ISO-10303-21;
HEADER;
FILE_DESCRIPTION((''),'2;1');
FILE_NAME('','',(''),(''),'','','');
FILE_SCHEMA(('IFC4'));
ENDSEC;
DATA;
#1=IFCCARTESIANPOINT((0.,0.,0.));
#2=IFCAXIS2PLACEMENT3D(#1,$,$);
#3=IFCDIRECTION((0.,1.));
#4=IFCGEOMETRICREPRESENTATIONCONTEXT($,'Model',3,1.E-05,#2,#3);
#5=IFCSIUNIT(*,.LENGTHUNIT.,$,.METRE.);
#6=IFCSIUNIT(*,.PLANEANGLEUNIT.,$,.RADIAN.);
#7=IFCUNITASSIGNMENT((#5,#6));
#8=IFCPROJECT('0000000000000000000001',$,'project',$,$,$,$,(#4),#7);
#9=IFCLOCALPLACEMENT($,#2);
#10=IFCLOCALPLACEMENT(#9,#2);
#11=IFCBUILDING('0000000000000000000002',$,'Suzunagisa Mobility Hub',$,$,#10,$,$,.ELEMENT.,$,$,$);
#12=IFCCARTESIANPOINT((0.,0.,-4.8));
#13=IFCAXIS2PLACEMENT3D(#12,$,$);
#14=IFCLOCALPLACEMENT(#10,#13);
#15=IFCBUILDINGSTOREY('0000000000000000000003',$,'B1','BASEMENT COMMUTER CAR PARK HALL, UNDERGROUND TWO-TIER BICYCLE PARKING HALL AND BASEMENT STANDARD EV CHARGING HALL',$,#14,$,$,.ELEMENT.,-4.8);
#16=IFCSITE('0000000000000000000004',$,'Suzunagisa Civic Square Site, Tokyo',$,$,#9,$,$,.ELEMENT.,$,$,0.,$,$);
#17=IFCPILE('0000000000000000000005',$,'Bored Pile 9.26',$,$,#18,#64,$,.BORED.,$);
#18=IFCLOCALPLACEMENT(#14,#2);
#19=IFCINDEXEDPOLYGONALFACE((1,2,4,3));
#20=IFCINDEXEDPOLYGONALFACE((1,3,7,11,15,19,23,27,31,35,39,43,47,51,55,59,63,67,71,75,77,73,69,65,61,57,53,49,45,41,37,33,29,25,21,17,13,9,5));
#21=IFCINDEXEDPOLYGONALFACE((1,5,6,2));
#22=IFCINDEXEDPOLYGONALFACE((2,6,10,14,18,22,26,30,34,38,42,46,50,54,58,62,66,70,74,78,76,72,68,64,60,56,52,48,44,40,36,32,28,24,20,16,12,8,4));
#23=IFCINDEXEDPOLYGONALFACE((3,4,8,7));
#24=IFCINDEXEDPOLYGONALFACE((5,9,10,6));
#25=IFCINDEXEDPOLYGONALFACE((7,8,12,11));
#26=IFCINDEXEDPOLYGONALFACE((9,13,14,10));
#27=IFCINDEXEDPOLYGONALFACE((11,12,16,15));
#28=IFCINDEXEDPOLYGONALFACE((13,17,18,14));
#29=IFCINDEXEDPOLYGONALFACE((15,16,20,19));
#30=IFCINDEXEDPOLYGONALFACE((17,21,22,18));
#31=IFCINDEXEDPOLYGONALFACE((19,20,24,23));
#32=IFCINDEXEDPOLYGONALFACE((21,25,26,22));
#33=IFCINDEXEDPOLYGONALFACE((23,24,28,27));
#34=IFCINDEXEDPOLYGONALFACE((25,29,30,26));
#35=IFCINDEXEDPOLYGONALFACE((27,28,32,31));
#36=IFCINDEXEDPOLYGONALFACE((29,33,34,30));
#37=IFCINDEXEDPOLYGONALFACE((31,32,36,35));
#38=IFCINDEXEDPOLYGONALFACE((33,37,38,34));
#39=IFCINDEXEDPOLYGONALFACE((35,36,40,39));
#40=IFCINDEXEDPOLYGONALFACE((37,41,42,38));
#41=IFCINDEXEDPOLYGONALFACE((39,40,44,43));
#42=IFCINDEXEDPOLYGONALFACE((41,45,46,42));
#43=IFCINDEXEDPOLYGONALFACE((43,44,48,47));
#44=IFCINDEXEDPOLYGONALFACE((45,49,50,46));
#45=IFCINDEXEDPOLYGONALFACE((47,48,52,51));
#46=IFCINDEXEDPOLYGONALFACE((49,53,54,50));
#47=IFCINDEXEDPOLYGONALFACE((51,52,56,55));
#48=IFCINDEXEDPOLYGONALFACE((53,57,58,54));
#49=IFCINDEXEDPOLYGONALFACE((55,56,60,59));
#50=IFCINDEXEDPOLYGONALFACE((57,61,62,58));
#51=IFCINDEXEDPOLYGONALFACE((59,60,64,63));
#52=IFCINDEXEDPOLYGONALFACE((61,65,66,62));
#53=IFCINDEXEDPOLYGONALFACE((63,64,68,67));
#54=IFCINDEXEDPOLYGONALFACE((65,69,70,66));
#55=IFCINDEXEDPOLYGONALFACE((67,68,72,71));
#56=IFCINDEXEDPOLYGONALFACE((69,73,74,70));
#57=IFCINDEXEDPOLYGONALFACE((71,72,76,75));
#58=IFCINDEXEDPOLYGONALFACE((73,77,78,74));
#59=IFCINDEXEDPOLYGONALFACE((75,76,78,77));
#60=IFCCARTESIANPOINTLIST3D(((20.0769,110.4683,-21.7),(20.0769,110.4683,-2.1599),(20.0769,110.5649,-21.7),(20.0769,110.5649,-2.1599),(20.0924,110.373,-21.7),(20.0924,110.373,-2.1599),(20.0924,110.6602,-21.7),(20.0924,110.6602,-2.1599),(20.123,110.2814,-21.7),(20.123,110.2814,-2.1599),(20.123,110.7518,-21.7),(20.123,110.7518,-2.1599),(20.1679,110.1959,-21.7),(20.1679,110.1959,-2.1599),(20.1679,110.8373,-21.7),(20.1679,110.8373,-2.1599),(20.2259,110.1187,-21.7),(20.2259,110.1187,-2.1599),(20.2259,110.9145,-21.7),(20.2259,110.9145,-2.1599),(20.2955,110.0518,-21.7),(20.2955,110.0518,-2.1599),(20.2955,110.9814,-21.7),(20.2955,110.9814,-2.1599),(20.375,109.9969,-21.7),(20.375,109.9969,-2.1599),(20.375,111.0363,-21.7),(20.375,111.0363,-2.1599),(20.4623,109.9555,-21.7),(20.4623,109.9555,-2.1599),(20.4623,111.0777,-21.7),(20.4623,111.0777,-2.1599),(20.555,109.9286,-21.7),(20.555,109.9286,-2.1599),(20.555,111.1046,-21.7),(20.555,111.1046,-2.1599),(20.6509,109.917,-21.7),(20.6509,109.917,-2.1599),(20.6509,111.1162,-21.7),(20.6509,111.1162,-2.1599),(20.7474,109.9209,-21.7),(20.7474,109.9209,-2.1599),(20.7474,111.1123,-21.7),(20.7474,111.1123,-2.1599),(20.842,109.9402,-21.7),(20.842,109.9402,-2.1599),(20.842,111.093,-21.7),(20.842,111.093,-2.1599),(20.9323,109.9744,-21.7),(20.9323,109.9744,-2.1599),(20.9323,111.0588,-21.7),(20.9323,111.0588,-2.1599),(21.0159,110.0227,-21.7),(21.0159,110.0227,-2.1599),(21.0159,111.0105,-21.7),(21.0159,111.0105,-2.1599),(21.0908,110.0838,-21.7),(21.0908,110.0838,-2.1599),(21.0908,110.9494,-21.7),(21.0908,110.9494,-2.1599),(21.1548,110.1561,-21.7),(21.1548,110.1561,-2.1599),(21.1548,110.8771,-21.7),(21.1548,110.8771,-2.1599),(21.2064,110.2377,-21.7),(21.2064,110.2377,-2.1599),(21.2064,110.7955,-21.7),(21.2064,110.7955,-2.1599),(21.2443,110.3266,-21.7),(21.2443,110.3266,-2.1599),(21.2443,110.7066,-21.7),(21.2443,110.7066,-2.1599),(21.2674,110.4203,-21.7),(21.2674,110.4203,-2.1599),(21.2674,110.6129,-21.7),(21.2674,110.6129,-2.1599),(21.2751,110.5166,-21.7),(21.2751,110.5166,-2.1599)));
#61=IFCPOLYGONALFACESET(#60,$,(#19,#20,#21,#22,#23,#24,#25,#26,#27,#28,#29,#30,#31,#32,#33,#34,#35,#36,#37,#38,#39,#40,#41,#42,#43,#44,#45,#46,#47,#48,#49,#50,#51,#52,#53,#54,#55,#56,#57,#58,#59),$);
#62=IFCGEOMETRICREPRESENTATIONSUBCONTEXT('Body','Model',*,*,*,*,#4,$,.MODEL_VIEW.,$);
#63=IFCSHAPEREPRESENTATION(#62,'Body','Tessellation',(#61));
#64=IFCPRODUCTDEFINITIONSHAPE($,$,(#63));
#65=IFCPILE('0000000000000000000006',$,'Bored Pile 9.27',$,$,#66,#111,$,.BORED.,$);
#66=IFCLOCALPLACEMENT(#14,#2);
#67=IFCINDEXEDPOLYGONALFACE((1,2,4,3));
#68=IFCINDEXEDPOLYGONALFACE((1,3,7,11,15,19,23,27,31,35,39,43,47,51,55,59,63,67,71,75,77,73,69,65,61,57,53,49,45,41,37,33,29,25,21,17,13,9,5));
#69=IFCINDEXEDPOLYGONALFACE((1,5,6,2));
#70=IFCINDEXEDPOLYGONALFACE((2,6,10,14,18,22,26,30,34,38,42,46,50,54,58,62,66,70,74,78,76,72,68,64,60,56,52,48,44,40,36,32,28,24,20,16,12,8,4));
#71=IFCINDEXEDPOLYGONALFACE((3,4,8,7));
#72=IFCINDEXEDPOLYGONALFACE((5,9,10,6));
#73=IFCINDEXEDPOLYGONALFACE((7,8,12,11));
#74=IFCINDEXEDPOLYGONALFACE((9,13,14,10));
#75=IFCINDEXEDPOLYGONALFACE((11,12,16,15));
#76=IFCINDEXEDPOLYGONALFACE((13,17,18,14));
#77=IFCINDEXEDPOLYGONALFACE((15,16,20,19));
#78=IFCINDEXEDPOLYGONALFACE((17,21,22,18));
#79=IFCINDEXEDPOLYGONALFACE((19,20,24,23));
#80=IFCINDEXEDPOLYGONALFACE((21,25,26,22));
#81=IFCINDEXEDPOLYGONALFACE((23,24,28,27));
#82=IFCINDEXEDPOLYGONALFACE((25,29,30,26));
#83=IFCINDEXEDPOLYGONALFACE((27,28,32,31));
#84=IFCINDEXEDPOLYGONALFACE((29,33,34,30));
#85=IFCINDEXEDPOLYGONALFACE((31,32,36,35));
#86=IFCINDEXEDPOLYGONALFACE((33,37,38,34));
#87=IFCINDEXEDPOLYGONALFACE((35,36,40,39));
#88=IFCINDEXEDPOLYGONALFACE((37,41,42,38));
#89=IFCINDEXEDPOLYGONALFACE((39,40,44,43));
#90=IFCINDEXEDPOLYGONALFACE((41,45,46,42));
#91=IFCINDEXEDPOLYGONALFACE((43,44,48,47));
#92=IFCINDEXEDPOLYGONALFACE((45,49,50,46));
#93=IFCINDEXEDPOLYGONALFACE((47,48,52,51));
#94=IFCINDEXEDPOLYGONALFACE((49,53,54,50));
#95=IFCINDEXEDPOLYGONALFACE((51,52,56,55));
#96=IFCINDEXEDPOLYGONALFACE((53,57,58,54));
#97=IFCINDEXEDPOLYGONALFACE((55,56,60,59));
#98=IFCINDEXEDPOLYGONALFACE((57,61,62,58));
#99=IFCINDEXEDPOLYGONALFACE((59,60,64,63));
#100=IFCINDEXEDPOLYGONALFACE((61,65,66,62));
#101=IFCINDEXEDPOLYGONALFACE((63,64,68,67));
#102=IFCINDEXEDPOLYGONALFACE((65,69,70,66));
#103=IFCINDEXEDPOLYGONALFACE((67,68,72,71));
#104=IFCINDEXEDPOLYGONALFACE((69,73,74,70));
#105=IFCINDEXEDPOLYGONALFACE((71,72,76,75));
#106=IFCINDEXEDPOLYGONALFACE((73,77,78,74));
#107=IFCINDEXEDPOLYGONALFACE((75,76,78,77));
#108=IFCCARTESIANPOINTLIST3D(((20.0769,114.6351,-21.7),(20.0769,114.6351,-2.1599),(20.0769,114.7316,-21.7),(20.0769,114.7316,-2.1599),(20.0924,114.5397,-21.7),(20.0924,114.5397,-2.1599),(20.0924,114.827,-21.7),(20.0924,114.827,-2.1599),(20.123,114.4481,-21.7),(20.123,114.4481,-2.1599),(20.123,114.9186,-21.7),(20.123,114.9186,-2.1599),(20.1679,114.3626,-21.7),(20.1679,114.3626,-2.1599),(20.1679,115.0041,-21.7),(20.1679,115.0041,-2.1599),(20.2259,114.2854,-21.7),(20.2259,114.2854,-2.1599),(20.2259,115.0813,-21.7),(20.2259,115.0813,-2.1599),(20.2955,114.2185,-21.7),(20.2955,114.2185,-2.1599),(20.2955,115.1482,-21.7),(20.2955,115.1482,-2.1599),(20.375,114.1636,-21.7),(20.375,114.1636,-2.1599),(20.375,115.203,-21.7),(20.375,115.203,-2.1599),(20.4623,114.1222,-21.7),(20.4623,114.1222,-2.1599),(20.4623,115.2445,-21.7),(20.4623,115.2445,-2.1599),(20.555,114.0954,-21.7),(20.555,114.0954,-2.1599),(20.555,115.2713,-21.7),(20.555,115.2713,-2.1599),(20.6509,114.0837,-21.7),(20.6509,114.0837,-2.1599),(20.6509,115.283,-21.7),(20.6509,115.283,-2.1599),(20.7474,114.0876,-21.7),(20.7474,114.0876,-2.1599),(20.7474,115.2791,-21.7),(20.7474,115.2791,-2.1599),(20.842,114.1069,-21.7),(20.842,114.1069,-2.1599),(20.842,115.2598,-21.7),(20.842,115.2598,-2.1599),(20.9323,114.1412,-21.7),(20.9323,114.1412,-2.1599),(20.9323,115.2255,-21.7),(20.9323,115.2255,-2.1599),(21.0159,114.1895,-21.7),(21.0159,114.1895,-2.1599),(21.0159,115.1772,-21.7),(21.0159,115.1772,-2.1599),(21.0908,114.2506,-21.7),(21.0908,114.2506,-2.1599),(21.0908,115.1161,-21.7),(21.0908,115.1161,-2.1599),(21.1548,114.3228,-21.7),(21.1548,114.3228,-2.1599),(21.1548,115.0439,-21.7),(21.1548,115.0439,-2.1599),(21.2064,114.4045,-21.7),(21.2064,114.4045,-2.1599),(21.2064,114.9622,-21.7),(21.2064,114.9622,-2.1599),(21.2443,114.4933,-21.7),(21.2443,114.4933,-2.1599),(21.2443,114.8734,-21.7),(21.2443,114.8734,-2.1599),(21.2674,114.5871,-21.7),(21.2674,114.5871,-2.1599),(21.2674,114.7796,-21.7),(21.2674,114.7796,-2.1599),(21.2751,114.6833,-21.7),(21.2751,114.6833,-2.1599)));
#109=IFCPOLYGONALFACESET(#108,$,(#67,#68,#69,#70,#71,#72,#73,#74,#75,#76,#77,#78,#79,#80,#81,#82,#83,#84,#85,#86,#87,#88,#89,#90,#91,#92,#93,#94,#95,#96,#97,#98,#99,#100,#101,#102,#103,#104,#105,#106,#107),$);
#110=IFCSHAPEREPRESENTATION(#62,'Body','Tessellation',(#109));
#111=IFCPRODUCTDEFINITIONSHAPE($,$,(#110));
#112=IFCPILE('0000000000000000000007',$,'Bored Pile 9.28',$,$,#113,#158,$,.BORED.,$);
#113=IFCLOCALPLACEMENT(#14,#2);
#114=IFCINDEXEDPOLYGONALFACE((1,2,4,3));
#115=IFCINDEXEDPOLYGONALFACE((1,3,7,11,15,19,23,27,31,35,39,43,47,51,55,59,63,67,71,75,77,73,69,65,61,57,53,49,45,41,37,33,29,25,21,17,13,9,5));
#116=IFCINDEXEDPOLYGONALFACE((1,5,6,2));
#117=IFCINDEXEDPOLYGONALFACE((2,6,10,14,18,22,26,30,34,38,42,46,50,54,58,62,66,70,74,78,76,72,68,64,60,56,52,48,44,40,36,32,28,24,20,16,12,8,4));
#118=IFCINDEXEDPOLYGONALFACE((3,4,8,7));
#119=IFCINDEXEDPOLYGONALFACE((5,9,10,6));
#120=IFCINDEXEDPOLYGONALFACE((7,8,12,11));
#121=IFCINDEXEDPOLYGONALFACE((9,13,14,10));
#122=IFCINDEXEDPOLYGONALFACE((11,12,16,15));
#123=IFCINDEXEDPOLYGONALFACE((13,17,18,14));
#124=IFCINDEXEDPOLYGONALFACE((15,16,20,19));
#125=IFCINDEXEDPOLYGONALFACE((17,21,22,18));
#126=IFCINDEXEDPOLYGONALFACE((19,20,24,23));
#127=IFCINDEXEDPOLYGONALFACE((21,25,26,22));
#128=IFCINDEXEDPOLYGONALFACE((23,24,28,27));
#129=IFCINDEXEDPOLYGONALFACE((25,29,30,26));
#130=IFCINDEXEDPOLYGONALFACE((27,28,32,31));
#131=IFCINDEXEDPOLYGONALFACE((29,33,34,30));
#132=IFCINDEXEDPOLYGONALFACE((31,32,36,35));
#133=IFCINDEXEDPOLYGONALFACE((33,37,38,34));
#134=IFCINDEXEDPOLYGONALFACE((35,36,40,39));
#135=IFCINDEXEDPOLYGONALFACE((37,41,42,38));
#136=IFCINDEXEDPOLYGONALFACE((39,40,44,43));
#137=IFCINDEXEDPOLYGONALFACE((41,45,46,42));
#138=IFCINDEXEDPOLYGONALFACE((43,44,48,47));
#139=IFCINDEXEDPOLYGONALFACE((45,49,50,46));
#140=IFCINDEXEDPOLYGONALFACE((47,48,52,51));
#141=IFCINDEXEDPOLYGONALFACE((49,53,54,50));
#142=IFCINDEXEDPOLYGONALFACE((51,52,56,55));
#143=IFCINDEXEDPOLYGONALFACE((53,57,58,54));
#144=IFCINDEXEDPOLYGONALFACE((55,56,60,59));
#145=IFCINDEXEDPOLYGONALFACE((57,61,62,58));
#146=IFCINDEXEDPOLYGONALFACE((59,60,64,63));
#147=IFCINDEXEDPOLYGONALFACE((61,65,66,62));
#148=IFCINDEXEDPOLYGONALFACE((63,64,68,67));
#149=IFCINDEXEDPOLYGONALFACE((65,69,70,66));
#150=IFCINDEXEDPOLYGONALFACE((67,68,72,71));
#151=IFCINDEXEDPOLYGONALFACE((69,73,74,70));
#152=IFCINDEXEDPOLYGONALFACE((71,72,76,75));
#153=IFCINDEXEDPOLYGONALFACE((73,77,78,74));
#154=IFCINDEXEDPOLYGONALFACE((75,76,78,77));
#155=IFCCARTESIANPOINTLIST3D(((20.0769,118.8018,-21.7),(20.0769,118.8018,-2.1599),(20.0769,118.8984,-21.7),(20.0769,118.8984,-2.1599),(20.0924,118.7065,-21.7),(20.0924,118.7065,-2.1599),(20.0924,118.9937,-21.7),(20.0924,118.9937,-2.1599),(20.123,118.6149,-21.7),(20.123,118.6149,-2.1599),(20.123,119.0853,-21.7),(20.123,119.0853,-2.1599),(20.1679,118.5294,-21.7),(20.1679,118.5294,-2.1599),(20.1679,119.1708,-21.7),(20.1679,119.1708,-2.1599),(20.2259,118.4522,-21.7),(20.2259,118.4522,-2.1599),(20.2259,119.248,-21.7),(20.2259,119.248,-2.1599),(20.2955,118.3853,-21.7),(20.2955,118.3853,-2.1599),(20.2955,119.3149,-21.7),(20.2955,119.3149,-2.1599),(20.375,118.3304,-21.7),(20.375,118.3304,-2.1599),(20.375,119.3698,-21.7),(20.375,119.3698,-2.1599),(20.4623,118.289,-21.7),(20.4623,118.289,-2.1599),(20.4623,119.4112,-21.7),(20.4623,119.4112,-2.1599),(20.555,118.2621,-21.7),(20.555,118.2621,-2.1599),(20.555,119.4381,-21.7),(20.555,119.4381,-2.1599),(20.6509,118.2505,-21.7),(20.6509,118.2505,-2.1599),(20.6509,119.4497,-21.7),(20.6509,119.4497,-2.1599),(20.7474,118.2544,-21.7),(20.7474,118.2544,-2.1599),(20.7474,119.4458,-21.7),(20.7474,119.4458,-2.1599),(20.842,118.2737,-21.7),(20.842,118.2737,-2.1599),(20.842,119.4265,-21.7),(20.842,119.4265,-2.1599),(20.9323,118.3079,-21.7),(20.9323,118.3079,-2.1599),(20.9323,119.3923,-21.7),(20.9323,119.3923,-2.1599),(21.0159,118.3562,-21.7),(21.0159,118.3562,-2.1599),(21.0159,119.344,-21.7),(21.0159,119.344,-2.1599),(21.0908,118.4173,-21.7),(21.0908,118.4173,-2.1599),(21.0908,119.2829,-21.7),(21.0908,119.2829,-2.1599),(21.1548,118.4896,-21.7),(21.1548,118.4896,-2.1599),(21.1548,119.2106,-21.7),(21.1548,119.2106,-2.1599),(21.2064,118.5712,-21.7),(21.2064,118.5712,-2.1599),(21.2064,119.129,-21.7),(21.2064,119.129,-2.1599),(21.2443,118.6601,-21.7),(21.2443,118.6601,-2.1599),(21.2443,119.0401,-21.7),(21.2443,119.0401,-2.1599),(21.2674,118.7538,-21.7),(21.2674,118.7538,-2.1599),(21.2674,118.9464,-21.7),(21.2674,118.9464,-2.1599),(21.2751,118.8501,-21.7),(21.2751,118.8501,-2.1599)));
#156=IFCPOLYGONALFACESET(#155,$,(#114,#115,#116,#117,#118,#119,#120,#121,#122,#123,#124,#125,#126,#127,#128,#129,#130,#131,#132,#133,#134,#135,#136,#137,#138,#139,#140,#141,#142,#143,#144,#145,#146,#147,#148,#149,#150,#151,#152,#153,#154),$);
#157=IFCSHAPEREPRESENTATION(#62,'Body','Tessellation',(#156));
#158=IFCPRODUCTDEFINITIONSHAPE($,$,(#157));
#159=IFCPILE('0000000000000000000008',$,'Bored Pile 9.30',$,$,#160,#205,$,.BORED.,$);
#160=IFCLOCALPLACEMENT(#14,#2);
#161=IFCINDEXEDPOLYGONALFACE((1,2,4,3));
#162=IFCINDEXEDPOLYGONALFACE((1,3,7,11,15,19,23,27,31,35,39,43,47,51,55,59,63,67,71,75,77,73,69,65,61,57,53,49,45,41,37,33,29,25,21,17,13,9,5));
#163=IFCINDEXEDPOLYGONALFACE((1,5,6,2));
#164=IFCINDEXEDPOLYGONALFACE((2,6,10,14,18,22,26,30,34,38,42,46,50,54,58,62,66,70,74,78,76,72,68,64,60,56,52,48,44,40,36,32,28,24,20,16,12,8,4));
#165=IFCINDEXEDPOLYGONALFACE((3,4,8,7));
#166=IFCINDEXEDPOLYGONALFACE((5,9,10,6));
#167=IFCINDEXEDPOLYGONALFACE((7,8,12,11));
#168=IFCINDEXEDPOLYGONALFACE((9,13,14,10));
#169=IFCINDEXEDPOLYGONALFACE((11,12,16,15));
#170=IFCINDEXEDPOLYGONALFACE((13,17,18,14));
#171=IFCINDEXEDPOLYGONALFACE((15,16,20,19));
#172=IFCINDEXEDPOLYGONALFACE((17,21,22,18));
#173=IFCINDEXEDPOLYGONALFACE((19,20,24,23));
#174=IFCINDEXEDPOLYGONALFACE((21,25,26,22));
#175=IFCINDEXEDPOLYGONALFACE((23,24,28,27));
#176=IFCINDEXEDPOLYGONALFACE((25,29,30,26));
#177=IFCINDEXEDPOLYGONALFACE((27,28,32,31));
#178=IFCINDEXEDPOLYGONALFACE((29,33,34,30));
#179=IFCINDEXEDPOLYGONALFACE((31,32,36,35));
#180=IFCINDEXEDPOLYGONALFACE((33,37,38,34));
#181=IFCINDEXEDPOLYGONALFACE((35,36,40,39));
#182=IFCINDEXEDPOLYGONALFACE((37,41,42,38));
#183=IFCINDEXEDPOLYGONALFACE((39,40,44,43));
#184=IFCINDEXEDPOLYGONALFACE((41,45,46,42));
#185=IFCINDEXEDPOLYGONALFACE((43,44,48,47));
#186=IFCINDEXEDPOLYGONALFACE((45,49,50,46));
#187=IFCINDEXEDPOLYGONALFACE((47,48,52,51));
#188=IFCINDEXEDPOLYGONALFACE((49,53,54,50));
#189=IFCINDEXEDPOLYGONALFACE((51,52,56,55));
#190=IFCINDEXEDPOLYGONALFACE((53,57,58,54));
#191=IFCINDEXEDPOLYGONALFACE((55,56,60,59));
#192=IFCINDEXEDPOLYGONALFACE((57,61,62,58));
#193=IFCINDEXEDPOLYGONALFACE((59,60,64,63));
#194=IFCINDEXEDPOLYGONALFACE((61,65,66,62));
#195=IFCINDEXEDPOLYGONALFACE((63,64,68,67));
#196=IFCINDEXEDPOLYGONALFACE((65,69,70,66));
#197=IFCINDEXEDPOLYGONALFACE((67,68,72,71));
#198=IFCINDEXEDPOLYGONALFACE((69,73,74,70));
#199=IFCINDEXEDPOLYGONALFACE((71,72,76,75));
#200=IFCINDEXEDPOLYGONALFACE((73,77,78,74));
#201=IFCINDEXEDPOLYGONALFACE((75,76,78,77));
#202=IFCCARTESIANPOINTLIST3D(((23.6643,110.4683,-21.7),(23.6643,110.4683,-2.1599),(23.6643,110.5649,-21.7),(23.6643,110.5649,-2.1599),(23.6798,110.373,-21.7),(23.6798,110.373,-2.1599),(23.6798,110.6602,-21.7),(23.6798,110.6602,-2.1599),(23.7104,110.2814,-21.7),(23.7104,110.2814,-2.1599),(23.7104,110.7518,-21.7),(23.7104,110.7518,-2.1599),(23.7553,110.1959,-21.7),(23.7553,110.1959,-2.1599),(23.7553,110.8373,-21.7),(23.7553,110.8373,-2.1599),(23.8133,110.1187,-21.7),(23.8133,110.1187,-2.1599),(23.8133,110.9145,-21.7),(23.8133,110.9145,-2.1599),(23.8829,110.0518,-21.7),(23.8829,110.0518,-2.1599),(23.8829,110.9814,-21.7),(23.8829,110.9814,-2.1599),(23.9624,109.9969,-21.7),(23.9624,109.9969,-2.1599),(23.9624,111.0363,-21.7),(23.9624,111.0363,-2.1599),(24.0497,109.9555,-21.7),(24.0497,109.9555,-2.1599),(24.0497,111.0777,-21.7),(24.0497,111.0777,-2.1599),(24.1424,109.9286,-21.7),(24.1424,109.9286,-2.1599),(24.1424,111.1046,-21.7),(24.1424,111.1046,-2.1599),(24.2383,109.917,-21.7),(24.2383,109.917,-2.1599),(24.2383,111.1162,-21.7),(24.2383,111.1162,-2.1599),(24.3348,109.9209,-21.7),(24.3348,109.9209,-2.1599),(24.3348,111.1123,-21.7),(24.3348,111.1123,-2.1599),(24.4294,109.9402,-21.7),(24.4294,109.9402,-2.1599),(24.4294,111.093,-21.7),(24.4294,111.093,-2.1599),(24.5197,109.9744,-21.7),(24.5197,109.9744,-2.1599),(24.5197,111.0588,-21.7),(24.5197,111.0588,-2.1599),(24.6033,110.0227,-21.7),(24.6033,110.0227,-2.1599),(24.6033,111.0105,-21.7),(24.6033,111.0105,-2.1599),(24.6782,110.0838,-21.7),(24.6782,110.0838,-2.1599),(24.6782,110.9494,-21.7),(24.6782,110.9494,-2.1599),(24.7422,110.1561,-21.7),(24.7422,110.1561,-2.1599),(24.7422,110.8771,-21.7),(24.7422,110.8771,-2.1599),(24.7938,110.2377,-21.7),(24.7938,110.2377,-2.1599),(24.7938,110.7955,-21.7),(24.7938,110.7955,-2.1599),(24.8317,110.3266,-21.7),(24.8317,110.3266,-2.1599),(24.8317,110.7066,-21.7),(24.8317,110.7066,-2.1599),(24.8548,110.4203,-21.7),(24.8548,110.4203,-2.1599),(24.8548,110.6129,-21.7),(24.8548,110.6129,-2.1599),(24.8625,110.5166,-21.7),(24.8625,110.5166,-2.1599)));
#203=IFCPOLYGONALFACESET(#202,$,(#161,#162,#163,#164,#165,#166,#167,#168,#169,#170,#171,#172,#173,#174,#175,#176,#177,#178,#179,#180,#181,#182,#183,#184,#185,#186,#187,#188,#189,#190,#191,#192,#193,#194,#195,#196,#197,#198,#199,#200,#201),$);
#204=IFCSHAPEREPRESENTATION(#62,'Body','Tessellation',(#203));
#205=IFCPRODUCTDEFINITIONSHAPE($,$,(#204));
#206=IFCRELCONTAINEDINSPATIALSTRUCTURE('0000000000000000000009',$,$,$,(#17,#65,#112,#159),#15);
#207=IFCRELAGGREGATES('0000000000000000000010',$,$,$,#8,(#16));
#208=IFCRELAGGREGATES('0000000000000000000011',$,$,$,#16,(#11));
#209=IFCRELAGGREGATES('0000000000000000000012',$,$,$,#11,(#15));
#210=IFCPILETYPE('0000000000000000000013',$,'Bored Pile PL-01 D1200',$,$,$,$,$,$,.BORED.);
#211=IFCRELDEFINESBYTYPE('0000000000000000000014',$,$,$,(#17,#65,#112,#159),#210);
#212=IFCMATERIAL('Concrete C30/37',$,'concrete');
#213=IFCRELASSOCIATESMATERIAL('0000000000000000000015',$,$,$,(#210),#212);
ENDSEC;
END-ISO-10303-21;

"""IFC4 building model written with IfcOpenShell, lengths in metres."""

from ifc_helpers import new_model, si_unit, direction, frame, origin, origin_2d, place, context, subcontext, project, spatial, circle, extrude, material, material_profile, profile_set, type_object, element, save


model = new_model("IFC4")

# Units and contexts
model_context = context("Model", 3, precision=1e-05, world=origin(), true_north=direction((0.0, 1.0)))
body_context = subcontext(model_context, "Body", "Model", "MODEL_VIEW")
ifc_project = project(units=[si_unit("LENGTHUNIT", "METRE"), si_unit("PLANEANGLEUNIT", "RADIAN")], contexts=[model_context])

# Site, building, storey
site_placement = place(None, origin())
site = spatial("IfcSite", under=ifc_project, at=site_placement, Name="Suzunagisa Civic Square Site, Tokyo", CompositionType="ELEMENT", RefElevation=0.0)
building_placement = place(site_placement, origin())
building = spatial("IfcBuilding", under=site, at=building_placement, Name="Suzunagisa Mobility Hub", CompositionType="ELEMENT")
storey_placement = place(building_placement, frame((0.0, 0.0, -4.8)))
storey = spatial("IfcBuildingStorey", under=building, at=storey_placement, Name="B1", Description="BASEMENT COMMUTER CAR PARK HALL, UNDERGROUND TWO-TIER BICYCLE PARKING HALL AND BASEMENT STANDARD EV CHARGING HALL", CompositionType="ELEMENT", Elevation=-4.8)

# Piles
ifc_material_1 = material(Name="Concrete C30/37", Category="concrete")
ifc_material_profile_1 = material_profile(ifc_material_1, circle(Radius=0.6001, at=origin_2d()), Name="BORED PILE D1200")
ifc_profile_set_1 = profile_set([ifc_material_profile_1], Name="Concrete C30/37")
pile_type = type_object("IfcPileType", Name="Bored Pile PL-01 D1200", PredefinedType="BORED", material=ifc_profile_set_1)
for number, where, z_axis, x_axis, name in (
    (1, (20.675, 110.5166, -2.1599), (0.0, 0.0, -1.0), (1.0, 0.0, 0.0), "Bored Pile 9.26"),
    (2, (20.675, 114.6833, -2.1599), (0.0, 0.0, -1.0), (1.0, 0.0, 0.0), "Bored Pile 9.27"),
    (3, (20.675, 118.8501, -2.1599), (0.0, 0.0, -1.0), (1.0, 0.0, 0.0), "Bored Pile 9.28"),
    (4, (24.2625, 110.5166, -2.1599), (0.0, 0.0, -1.0), (1.0, 0.0, 0.0), "Bored Pile 9.30"),
):
    element("IfcPile", number, at=place(storey_placement, frame(where, z_axis=z_axis, x_axis=x_axis)), inside=storey, type_object=pile_type, Name=name, PredefinedType="BORED", context=body_context, shape_type="SweptSolid", body=[
        extrude(circle(Radius=0.6001, at=origin_2d()), origin(), (0.0, 0.0, 1.0), 19.54),
    ])

save(model, "model.ifc")
